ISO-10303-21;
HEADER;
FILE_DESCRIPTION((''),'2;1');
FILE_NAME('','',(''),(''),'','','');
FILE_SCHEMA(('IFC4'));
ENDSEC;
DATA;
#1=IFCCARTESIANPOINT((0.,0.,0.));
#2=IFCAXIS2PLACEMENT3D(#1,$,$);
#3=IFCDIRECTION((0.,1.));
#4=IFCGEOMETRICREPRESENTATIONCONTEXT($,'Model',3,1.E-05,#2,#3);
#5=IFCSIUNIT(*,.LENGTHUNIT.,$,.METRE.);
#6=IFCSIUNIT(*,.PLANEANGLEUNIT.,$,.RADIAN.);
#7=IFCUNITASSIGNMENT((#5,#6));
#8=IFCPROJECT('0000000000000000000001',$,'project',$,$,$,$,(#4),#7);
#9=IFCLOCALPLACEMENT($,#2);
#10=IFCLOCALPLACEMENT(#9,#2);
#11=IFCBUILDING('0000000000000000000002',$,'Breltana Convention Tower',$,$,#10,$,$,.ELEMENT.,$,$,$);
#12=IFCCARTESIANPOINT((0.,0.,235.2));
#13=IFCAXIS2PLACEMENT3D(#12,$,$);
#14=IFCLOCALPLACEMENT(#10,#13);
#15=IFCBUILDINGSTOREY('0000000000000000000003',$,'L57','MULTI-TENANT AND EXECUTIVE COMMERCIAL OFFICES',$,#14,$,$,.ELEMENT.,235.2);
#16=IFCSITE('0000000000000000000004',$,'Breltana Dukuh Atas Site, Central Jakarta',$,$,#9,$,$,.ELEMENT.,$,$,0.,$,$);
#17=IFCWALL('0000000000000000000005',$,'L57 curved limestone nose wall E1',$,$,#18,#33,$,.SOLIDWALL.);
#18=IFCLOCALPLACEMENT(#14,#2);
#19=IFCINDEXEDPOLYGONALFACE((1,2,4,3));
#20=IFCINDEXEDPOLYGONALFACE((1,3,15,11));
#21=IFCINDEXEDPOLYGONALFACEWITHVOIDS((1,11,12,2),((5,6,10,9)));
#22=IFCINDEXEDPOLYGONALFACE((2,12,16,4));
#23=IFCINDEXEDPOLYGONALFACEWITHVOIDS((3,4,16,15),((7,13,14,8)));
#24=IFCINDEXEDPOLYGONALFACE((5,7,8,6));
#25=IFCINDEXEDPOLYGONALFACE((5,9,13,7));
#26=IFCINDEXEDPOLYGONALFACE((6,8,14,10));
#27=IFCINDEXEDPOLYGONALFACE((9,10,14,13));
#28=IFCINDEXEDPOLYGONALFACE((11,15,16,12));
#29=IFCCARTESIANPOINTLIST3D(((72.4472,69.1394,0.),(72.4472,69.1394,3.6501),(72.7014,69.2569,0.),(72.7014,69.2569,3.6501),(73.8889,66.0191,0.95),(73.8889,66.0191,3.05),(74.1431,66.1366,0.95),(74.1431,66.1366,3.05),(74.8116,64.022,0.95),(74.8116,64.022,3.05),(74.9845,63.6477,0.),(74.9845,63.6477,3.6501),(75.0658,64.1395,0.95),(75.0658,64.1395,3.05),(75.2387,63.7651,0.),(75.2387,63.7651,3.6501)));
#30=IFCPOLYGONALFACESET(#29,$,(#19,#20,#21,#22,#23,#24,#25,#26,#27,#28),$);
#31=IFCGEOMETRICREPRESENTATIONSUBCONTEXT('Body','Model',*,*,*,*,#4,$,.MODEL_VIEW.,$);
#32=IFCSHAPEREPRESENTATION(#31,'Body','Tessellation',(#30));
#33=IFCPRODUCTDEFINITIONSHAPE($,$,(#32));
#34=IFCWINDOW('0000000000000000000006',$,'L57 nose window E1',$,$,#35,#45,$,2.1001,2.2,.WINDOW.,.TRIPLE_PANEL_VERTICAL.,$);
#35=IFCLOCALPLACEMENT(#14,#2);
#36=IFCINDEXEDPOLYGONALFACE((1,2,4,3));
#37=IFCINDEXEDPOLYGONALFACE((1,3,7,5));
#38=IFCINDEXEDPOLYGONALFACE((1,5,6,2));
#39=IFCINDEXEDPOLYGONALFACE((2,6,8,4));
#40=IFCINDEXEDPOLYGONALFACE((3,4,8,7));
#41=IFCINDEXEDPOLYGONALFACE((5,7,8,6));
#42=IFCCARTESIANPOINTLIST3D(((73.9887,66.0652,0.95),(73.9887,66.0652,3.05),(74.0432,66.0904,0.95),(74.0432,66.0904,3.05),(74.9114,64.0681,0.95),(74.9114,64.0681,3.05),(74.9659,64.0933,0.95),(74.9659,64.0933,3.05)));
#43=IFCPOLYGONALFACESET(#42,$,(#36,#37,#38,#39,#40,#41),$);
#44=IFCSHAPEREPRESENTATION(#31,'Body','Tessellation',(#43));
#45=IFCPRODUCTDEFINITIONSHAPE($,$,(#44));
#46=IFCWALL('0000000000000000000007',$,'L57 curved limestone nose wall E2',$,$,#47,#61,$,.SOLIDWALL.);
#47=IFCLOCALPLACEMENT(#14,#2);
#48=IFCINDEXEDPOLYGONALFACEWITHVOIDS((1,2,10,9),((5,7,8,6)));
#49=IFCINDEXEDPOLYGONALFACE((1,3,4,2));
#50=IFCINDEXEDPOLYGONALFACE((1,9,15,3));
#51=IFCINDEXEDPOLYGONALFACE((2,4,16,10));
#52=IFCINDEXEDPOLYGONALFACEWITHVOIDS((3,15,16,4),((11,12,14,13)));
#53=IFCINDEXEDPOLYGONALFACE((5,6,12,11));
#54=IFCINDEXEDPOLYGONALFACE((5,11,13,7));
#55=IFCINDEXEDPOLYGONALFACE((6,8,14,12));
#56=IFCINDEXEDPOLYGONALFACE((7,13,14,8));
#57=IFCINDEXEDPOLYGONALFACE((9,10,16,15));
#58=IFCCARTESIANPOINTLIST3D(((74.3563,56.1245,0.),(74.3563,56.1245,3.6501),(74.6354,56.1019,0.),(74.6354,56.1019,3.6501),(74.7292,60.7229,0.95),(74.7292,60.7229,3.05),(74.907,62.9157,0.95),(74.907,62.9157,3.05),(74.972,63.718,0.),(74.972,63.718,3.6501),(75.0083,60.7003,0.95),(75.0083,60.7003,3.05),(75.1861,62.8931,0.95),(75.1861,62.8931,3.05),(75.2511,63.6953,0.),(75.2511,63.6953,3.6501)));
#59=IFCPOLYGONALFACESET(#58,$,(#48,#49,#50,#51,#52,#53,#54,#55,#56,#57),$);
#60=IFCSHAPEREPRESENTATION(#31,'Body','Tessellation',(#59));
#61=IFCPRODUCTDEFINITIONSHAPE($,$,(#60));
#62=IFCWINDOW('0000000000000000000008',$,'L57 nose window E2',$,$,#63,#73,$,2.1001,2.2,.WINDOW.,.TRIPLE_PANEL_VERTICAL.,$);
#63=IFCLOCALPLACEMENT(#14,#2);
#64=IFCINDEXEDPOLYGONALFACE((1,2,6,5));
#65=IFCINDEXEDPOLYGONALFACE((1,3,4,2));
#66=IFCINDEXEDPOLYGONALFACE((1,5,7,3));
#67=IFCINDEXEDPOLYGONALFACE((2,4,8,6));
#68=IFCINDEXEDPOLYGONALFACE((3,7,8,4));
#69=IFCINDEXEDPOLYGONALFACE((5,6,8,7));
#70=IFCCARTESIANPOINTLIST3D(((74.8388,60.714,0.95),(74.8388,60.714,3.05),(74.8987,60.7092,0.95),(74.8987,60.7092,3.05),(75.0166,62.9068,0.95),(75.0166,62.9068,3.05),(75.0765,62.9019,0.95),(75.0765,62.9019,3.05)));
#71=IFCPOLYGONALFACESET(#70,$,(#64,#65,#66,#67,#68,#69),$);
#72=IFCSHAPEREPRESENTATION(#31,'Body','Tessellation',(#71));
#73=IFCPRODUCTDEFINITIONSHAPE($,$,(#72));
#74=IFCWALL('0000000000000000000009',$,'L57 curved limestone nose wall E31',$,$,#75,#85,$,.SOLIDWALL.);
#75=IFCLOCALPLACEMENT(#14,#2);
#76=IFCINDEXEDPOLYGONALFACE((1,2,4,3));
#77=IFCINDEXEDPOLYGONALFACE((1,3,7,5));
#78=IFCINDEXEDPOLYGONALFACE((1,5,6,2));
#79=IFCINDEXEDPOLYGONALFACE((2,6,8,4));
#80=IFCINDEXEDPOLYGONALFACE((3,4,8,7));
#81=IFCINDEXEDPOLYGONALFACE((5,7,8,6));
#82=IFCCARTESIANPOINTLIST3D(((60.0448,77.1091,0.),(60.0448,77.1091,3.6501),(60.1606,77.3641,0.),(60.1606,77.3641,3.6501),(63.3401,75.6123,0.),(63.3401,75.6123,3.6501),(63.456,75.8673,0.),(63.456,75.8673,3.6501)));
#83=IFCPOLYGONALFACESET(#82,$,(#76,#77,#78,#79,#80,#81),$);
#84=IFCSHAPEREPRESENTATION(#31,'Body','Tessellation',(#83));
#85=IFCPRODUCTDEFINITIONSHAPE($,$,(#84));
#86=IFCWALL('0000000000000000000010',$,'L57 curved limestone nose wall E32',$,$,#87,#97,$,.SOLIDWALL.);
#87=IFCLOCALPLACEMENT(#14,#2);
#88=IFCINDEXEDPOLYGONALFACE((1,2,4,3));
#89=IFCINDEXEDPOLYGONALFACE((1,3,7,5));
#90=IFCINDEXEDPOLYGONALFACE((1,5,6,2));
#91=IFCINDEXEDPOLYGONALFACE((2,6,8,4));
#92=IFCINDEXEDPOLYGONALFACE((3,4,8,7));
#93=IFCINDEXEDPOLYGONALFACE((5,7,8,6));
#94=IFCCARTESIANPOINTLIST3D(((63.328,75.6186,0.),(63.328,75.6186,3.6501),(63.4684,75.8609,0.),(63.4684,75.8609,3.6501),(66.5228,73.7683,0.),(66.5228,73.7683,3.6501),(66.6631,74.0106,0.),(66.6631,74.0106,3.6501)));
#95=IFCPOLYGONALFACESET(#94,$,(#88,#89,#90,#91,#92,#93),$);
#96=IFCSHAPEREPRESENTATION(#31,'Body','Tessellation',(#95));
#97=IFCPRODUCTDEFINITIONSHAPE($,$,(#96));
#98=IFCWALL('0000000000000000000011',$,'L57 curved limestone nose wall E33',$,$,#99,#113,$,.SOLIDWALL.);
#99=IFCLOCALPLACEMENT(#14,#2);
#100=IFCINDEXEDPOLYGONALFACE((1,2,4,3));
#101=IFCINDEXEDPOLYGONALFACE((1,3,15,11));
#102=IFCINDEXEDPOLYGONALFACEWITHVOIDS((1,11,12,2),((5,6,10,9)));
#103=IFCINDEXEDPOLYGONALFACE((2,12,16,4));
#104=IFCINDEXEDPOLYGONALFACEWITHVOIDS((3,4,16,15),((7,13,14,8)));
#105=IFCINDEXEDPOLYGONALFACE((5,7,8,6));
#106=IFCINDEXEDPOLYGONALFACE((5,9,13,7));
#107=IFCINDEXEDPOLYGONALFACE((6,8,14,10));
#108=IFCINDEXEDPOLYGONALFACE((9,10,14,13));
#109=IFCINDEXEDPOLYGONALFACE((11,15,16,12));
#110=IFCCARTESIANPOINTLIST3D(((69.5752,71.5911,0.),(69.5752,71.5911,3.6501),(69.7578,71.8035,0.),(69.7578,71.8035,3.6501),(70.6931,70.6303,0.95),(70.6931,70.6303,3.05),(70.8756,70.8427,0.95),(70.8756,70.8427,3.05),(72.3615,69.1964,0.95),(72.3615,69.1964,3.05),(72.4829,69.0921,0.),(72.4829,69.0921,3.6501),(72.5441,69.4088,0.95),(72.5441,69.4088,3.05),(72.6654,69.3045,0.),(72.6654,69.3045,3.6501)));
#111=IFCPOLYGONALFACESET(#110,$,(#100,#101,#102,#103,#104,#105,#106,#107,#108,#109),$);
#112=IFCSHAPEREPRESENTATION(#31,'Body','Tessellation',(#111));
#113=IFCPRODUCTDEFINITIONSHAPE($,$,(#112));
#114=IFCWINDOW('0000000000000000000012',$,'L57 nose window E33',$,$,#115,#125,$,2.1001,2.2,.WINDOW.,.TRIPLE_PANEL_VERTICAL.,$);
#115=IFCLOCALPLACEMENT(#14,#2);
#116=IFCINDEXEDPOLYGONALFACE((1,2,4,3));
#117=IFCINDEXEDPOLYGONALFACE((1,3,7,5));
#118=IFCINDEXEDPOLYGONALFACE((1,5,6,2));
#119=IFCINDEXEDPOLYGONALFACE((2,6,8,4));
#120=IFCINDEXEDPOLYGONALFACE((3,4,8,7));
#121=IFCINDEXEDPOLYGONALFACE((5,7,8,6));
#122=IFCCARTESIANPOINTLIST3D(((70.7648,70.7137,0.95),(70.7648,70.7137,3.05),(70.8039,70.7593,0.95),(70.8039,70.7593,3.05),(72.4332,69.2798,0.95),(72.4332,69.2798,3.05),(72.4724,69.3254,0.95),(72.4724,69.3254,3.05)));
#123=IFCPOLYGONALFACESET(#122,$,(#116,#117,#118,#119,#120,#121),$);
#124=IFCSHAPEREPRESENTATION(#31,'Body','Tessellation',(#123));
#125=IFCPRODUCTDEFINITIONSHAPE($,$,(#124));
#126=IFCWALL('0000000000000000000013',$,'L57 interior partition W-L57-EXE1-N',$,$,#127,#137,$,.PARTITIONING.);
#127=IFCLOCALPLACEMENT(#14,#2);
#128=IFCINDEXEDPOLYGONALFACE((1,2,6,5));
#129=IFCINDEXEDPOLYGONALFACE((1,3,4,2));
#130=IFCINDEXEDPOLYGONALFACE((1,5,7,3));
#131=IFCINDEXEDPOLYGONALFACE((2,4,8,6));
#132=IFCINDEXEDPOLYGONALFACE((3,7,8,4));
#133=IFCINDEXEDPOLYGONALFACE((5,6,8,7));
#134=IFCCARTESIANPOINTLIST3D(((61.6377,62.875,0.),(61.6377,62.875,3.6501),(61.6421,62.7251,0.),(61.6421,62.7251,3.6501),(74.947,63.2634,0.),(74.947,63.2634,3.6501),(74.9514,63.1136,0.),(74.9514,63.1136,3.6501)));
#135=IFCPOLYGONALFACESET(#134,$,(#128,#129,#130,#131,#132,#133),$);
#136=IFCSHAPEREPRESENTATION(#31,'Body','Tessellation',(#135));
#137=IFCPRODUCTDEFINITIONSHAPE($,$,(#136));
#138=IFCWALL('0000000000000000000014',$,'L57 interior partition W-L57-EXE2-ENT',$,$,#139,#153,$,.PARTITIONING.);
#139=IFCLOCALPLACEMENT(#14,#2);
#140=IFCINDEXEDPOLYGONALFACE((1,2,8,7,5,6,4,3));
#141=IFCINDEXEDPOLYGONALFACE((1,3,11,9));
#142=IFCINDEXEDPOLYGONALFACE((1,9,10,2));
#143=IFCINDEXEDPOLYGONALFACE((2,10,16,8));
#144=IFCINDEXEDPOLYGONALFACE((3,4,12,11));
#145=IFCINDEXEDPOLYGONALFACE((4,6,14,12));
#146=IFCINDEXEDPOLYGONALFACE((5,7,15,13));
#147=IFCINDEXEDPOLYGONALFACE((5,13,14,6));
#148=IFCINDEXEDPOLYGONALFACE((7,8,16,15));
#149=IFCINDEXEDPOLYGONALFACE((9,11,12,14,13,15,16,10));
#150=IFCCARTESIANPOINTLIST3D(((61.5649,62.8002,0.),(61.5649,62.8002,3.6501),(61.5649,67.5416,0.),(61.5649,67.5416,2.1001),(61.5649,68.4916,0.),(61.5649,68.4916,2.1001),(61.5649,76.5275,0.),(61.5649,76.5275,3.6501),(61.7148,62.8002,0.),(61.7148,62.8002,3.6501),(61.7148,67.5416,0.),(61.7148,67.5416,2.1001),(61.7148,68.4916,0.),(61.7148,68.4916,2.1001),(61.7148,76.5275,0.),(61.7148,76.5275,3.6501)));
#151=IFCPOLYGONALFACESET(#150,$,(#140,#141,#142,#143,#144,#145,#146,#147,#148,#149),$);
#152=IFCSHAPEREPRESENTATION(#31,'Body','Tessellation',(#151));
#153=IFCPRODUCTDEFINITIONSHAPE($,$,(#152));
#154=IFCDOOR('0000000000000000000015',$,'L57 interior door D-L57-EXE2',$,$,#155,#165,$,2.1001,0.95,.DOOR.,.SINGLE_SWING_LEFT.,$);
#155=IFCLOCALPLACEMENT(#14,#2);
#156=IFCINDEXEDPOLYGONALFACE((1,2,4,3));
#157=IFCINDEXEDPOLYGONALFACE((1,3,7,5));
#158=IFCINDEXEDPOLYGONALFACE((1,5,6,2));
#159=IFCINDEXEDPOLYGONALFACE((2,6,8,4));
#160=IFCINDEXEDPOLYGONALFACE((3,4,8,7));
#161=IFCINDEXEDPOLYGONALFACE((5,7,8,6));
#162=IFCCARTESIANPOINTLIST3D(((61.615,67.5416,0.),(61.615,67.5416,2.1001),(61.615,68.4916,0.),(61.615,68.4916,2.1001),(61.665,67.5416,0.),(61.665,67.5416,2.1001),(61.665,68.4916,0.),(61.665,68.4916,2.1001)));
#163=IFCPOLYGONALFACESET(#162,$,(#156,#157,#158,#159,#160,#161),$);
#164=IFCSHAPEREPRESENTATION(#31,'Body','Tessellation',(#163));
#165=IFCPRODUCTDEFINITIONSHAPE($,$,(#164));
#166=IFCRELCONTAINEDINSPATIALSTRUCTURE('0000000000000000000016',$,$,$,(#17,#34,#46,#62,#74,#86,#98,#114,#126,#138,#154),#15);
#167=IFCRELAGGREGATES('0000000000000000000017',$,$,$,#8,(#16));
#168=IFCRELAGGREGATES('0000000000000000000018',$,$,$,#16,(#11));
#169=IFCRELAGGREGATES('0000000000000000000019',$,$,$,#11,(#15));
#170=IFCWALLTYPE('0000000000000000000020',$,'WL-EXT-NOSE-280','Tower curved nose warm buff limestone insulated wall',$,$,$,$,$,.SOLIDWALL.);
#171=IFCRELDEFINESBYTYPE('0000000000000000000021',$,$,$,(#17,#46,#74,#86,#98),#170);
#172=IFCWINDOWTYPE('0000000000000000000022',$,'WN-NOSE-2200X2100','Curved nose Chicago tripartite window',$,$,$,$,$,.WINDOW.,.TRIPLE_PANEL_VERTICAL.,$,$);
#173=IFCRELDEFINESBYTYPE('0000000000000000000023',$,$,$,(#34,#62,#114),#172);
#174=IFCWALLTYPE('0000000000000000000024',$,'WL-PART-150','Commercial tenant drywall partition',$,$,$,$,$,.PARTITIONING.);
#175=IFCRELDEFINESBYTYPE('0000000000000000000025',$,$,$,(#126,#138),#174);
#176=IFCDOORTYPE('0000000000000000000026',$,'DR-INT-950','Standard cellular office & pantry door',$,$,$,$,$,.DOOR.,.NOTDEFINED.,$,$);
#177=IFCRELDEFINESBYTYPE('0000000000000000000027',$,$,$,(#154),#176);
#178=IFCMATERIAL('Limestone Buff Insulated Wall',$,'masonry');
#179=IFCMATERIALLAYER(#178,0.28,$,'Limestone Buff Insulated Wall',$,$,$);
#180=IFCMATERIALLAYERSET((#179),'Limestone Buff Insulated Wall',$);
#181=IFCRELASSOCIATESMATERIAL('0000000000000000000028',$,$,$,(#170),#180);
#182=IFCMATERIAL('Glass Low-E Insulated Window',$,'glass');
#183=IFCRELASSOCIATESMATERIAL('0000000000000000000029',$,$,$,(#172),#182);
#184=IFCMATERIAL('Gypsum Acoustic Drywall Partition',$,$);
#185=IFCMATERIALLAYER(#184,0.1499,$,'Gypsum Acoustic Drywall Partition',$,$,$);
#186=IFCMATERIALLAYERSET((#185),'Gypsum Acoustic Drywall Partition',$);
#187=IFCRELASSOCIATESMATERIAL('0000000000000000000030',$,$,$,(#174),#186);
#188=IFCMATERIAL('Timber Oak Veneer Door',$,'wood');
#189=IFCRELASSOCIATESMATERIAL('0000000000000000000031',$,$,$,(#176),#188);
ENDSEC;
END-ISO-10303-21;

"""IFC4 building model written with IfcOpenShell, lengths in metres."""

from ifc_helpers import new_model, si_unit, direction, frame, frame_2d, origin, place, context, subcontext, project, spatial, rectangle, extrude, source, transform, mapped, material, layer, layer_set, type_object, type_shapes, element, fill, save


model = new_model("IFC4")

# Units and contexts
model_context = context("Model", 3, precision=1e-05, world=origin(), true_north=direction((0.0, 1.0)))
body_context = subcontext(model_context, "Body", "Model", "MODEL_VIEW")
ifc_project = project(units=[si_unit("LENGTHUNIT", "METRE"), si_unit("PLANEANGLEUNIT", "RADIAN")], contexts=[model_context])

# Site, building, storey
site_placement = place(None, origin())
site = spatial("IfcSite", under=ifc_project, at=site_placement, Name="Breltana Dukuh Atas Site, Central Jakarta", CompositionType="ELEMENT", RefElevation=0.0)
building_placement = place(site_placement, origin())
building = spatial("IfcBuilding", under=site, at=building_placement, Name="Breltana Convention Tower", CompositionType="ELEMENT")
storey_placement = place(building_placement, frame((0.0, 0.0, 235.2)))
storey = spatial("IfcBuildingStorey", under=building, at=storey_placement, Name="L57", Description="MULTI-TENANT AND EXECUTIVE COMMERCIAL OFFICES", CompositionType="ELEMENT", Elevation=235.2)

# Walls, openings, windows
ifc_material_1 = material(Name="Limestone Buff Insulated Wall", Category="masonry")
ifc_layer_1 = layer(ifc_material_1, 0.28, Name="Limestone Buff Insulated Wall")
ifc_layer_set_1 = layer_set([ifc_layer_1], Name="Limestone Buff Insulated Wall")
wall_type_1 = type_object("IfcWallType", Name="WL-EXT-NOSE-280", Description="Tower curved nose warm buff limestone insulated wall", PredefinedType="SOLIDWALL", material=ifc_layer_set_1)
shared_shape_1 = source(origin(), body_context, "Body", "SweptSolid", [
    extrude(rectangle(XDim=6.0496, YDim=0.28, at=frame_2d((3.0249, 0.0))), origin(), (0.0, 0.0, 1.0), 3.6501),
])
wall_1_placement = place(storey_placement, frame((72.5742, 69.1982, 0.0), z_axis=(0.0, 0.0, 1.0), x_axis=(0.419429, -0.907788, 0.0)))
wall_1 = element("IfcWall", 1, at=wall_1_placement, inside=storey, type_object=wall_type_1, Name="L57 curved limestone nose wall E1", PredefinedType="SOLIDWALL", context=body_context, shape_type="MappedRepresentation", body=[
    mapped(shared_shape_1, transform((0.0, 0.0, 0.0), scale=1.0)),
])
opening_1_placement = place(wall_1_placement, frame((3.4373, 0.0, 0.95)))
opening_1 = element("IfcOpeningElement", 2, at=opening_1_placement, cuts=wall_1, PredefinedType="OPENING", context=body_context, shape_type="SweptSolid", body=[
    extrude(rectangle(XDim=2.2, YDim=2.1001, at=frame_2d((1.1001, 1.05))), frame((0.0, 0.1499, 0.0), z_axis=(0.0, -1.0, 0.0), x_axis=(1.0, 0.0, 0.0)), (0.0, 0.0, 1.0), 0.3),
])
ifc_material_2 = material(Name="Glass Low-E Insulated Window", Category="glass")
window_type = type_object("IfcWindowType", Name="WN-NOSE-2200X2100", Description="Curved nose Chicago tripartite window", PartitioningType="TRIPLE_PANEL_VERTICAL", PredefinedType="WINDOW", material=ifc_material_2)
shared_shape_2 = source(origin(), body_context, "Body", "SweptSolid", [
    extrude(rectangle(XDim=2.2, YDim=2.1001, at=frame_2d((1.1001, 1.05))), frame((0.0, 0.03, 0.0), z_axis=(0.0, -1.0, 0.0), x_axis=(1.0, 0.0, 0.0)), (0.0, 0.0, 1.0), 0.0601),
])
type_shapes(window_type, [shared_shape_2])
window_1_placement = place(opening_1_placement, origin())
window_1 = element("IfcWindow", 3, at=window_1_placement, inside=storey, type_object=window_type, Name="L57 nose window E1", OverallHeight=2.1001, OverallWidth=2.2, PartitioningType="TRIPLE_PANEL_VERTICAL", PredefinedType="WINDOW", context=body_context, shape_type="MappedRepresentation", body=[
    mapped(shared_shape_2, transform((0.0, 0.0, 0.0), scale=1.0)),
])
fill(opening_1, window_1)
shared_shape_3 = source(origin(), body_context, "Body", "SweptSolid", [
    extrude(rectangle(XDim=7.6184, YDim=0.28, at=frame_2d((3.8091, 0.0))), origin(), (0.0, 0.0, 1.0), 3.6501),
])
wall_2_placement = place(storey_placement, frame((75.1116, 63.7065, 0.0), z_axis=(0.0, 0.0, 1.0), x_axis=(-0.08082, -0.996729, 0.0)))
wall_2 = element("IfcWall", 4, at=wall_2_placement, inside=storey, type_object=wall_type_1, Name="L57 curved limestone nose wall E2", PredefinedType="SOLIDWALL", context=body_context, shape_type="MappedRepresentation", body=[
    mapped(shared_shape_3, transform((0.0, 0.0, 0.0), scale=1.0)),
])
opening_2_placement = place(wall_2_placement, frame((0.8047, 0.0, 0.95)))
opening_2 = element("IfcOpeningElement", 5, at=opening_2_placement, cuts=wall_2, PredefinedType="OPENING", context=body_context, shape_type="SweptSolid", body=[
    extrude(rectangle(XDim=2.2, YDim=2.1001, at=frame_2d((1.1001, 1.05))), frame((0.0, 0.1499, 0.0), z_axis=(0.0, -1.0, 0.0), x_axis=(1.0, 0.0, 0.0)), (0.0, 0.0, 1.0), 0.3),
])
window_2_placement = place(opening_2_placement, origin())
window_2 = element("IfcWindow", 6, at=window_2_placement, inside=storey, type_object=window_type, Name="L57 nose window E2", OverallHeight=2.1001, OverallWidth=2.2, PartitioningType="TRIPLE_PANEL_VERTICAL", PredefinedType="WINDOW", context=body_context, shape_type="MappedRepresentation", body=[
    mapped(shared_shape_2, transform((0.0, 0.0, 0.0), scale=1.0)),
])
fill(opening_2, window_2)

# Walls
shared_shape_4 = source(origin(), body_context, "Body", "SweptSolid", [
    extrude(rectangle(XDim=3.6194, YDim=0.28, at=frame_2d((1.8096, 0.0))), origin(), (0.0, 0.0, 1.0), 3.6501),
])
wall_3_placement = place(storey_placement, frame((60.1028, 77.2366, 0.0), z_axis=(0.0, 0.0, 1.0), x_axis=(0.91048, -0.413554, 0.0)))
element("IfcWall", 7, at=wall_3_placement, inside=storey, type_object=wall_type_1, Name="L57 curved limestone nose wall E31", PredefinedType="SOLIDWALL", context=body_context, shape_type="MappedRepresentation", body=[
    mapped(shared_shape_4, transform((0.0, 0.0, 0.0), scale=1.0)),
])
shared_shape_5 = source(origin(), body_context, "Body", "SweptSolid", [
    extrude(rectangle(XDim=3.6919, YDim=0.28, at=frame_2d((1.8459, 0.0))), origin(), (0.0, 0.0, 1.0), 3.6501),
])
wall_4_placement = place(storey_placement, frame((63.3982, 75.7397, 0.0), z_axis=(0.0, 0.0, 1.0), x_axis=(0.865343, -0.50118, 0.0)))
element("IfcWall", 8, at=wall_4_placement, inside=storey, type_object=wall_type_1, Name="L57 curved limestone nose wall E32", PredefinedType="SOLIDWALL", context=body_context, shape_type="MappedRepresentation", body=[
    mapped(shared_shape_5, transform((0.0, 0.0, 0.0), scale=1.0)),
])

# Wall, opening, window
shared_shape_6 = source(origin(), body_context, "Body", "SweptSolid", [
    extrude(rectangle(XDim=3.834, YDim=0.28, at=frame_2d((1.917, 0.0))), origin(), (0.0, 0.0, 1.0), 3.6501),
])
wall_5_placement = place(storey_placement, frame((69.6665, 71.6973, 0.0), z_axis=(0.0, 0.0, 1.0), x_axis=(0.758393, -0.651798, 0.0)))
wall_5 = element("IfcWall", 9, at=wall_5_placement, inside=storey, type_object=wall_type_1, Name="L57 curved limestone nose wall E33", PredefinedType="SOLIDWALL", context=body_context, shape_type="MappedRepresentation", body=[
    mapped(shared_shape_6, transform((0.0, 0.0, 0.0), scale=1.0)),
])
opening_3_placement = place(wall_5_placement, frame((1.4739, 0.0, 0.95)))
opening_3 = element("IfcOpeningElement", 10, at=opening_3_placement, cuts=wall_5, PredefinedType="OPENING", context=body_context, shape_type="SweptSolid", body=[
    extrude(rectangle(XDim=2.2, YDim=2.1001, at=frame_2d((1.1001, 1.05))), frame((0.0, 0.1499, 0.0), z_axis=(0.0, -1.0, 0.0), x_axis=(1.0, 0.0, 0.0)), (0.0, 0.0, 1.0), 0.3),
])
window_3_placement = place(opening_3_placement, origin())
window_3 = element("IfcWindow", 11, at=window_3_placement, inside=storey, type_object=window_type, Name="L57 nose window E33", OverallHeight=2.1001, OverallWidth=2.2, PartitioningType="TRIPLE_PANEL_VERTICAL", PredefinedType="WINDOW", context=body_context, shape_type="MappedRepresentation", body=[
    mapped(shared_shape_2, transform((0.0, 0.0, 0.0), scale=1.0)),
])
fill(opening_3, window_3)

# Wall
ifc_material_3 = material(Name="Gypsum Acoustic Drywall Partition")
ifc_layer_2 = layer(ifc_material_3, 0.1499, Name="Gypsum Acoustic Drywall Partition")
ifc_layer_set_2 = layer_set([ifc_layer_2], Name="Gypsum Acoustic Drywall Partition")
wall_type_2 = type_object("IfcWallType", Name="WL-PART-150", Description="Commercial tenant drywall partition", PredefinedType="PARTITIONING", material=ifc_layer_set_2)
shared_shape_7 = source(origin(), body_context, "Body", "SweptSolid", [
    extrude(rectangle(XDim=13.3149, YDim=0.1499, at=frame_2d((6.6575, 0.0))), origin(), (0.0, 0.0, 1.0), 3.6501),
])
wall_6_placement = place(storey_placement, frame((61.6399, 62.8, 0.0), z_axis=(0.0, 0.0, 1.0), x_axis=(0.999574, 0.029172, 0.0)))
element("IfcWall", 12, at=wall_6_placement, inside=storey, type_object=wall_type_2, Name="L57 interior partition W-L57-EXE1-N", PredefinedType="PARTITIONING", context=body_context, shape_type="MappedRepresentation", body=[
    mapped(shared_shape_7, transform((0.0, 0.0, 0.0), scale=1.0)),
])

# Wall, opening, door
shared_shape_8 = source(origin(), body_context, "Body", "SweptSolid", [
    extrude(rectangle(XDim=13.7273, YDim=0.1499, at=frame_2d((6.8638, 0.0))), origin(), (0.0, 0.0, 1.0), 3.6501),
])
wall_7_placement = place(storey_placement, frame((61.6399, 62.8, 0.0), z_axis=(0.0, 0.0, 1.0), x_axis=(0.0, 1.0, 0.0)))
wall_7 = element("IfcWall", 13, at=wall_7_placement, inside=storey, type_object=wall_type_2, Name="L57 interior partition W-L57-EXE2-ENT", PredefinedType="PARTITIONING", context=body_context, shape_type="MappedRepresentation", body=[
    mapped(shared_shape_8, transform((0.0, 0.0, 0.0), scale=1.0)),
])
opening_4_placement = place(wall_7_placement, frame((4.7415, 0.0, 0.0)))
opening_4 = element("IfcOpeningElement", 14, at=opening_4_placement, cuts=wall_7, PredefinedType="OPENING", context=body_context, shape_type="SweptSolid", body=[
    extrude(rectangle(XDim=0.95, YDim=2.1001, at=frame_2d((0.4751, 1.05))), frame((0.0, 0.085, 0.0), z_axis=(0.0, -1.0, 0.0), x_axis=(1.0, 0.0, 0.0)), (0.0, 0.0, 1.0), 0.1699),
])
ifc_material_4 = material(Name="Timber Oak Veneer Door", Category="wood")
door_type = type_object("IfcDoorType", Name="DR-INT-950", Description="Standard cellular office & pantry door", OperationType="NOTDEFINED", PredefinedType="DOOR", material=ifc_material_4)
shared_shape_9 = source(origin(), body_context, "Body", "SweptSolid", [
    extrude(rectangle(XDim=0.95, YDim=2.1001, at=frame_2d((0.4751, 1.05))), frame((0.0, 0.0249, 0.0), z_axis=(0.0, -1.0, 0.0), x_axis=(1.0, 0.0, 0.0)), (0.0, 0.0, 1.0), 0.05),
])
type_shapes(door_type, [shared_shape_9])
door_placement = place(opening_4_placement, origin())
door = element("IfcDoor", 15, at=door_placement, inside=storey, type_object=door_type, Name="L57 interior door D-L57-EXE2", OperationType="SINGLE_SWING_LEFT", OverallHeight=2.1001, OverallWidth=0.95, PredefinedType="DOOR", context=body_context, shape_type="MappedRepresentation", body=[
    mapped(shared_shape_9, transform((0.0, 0.0, 0.0), scale=1.0)),
])
fill(opening_4, door)

save(model, "model.ifc")
